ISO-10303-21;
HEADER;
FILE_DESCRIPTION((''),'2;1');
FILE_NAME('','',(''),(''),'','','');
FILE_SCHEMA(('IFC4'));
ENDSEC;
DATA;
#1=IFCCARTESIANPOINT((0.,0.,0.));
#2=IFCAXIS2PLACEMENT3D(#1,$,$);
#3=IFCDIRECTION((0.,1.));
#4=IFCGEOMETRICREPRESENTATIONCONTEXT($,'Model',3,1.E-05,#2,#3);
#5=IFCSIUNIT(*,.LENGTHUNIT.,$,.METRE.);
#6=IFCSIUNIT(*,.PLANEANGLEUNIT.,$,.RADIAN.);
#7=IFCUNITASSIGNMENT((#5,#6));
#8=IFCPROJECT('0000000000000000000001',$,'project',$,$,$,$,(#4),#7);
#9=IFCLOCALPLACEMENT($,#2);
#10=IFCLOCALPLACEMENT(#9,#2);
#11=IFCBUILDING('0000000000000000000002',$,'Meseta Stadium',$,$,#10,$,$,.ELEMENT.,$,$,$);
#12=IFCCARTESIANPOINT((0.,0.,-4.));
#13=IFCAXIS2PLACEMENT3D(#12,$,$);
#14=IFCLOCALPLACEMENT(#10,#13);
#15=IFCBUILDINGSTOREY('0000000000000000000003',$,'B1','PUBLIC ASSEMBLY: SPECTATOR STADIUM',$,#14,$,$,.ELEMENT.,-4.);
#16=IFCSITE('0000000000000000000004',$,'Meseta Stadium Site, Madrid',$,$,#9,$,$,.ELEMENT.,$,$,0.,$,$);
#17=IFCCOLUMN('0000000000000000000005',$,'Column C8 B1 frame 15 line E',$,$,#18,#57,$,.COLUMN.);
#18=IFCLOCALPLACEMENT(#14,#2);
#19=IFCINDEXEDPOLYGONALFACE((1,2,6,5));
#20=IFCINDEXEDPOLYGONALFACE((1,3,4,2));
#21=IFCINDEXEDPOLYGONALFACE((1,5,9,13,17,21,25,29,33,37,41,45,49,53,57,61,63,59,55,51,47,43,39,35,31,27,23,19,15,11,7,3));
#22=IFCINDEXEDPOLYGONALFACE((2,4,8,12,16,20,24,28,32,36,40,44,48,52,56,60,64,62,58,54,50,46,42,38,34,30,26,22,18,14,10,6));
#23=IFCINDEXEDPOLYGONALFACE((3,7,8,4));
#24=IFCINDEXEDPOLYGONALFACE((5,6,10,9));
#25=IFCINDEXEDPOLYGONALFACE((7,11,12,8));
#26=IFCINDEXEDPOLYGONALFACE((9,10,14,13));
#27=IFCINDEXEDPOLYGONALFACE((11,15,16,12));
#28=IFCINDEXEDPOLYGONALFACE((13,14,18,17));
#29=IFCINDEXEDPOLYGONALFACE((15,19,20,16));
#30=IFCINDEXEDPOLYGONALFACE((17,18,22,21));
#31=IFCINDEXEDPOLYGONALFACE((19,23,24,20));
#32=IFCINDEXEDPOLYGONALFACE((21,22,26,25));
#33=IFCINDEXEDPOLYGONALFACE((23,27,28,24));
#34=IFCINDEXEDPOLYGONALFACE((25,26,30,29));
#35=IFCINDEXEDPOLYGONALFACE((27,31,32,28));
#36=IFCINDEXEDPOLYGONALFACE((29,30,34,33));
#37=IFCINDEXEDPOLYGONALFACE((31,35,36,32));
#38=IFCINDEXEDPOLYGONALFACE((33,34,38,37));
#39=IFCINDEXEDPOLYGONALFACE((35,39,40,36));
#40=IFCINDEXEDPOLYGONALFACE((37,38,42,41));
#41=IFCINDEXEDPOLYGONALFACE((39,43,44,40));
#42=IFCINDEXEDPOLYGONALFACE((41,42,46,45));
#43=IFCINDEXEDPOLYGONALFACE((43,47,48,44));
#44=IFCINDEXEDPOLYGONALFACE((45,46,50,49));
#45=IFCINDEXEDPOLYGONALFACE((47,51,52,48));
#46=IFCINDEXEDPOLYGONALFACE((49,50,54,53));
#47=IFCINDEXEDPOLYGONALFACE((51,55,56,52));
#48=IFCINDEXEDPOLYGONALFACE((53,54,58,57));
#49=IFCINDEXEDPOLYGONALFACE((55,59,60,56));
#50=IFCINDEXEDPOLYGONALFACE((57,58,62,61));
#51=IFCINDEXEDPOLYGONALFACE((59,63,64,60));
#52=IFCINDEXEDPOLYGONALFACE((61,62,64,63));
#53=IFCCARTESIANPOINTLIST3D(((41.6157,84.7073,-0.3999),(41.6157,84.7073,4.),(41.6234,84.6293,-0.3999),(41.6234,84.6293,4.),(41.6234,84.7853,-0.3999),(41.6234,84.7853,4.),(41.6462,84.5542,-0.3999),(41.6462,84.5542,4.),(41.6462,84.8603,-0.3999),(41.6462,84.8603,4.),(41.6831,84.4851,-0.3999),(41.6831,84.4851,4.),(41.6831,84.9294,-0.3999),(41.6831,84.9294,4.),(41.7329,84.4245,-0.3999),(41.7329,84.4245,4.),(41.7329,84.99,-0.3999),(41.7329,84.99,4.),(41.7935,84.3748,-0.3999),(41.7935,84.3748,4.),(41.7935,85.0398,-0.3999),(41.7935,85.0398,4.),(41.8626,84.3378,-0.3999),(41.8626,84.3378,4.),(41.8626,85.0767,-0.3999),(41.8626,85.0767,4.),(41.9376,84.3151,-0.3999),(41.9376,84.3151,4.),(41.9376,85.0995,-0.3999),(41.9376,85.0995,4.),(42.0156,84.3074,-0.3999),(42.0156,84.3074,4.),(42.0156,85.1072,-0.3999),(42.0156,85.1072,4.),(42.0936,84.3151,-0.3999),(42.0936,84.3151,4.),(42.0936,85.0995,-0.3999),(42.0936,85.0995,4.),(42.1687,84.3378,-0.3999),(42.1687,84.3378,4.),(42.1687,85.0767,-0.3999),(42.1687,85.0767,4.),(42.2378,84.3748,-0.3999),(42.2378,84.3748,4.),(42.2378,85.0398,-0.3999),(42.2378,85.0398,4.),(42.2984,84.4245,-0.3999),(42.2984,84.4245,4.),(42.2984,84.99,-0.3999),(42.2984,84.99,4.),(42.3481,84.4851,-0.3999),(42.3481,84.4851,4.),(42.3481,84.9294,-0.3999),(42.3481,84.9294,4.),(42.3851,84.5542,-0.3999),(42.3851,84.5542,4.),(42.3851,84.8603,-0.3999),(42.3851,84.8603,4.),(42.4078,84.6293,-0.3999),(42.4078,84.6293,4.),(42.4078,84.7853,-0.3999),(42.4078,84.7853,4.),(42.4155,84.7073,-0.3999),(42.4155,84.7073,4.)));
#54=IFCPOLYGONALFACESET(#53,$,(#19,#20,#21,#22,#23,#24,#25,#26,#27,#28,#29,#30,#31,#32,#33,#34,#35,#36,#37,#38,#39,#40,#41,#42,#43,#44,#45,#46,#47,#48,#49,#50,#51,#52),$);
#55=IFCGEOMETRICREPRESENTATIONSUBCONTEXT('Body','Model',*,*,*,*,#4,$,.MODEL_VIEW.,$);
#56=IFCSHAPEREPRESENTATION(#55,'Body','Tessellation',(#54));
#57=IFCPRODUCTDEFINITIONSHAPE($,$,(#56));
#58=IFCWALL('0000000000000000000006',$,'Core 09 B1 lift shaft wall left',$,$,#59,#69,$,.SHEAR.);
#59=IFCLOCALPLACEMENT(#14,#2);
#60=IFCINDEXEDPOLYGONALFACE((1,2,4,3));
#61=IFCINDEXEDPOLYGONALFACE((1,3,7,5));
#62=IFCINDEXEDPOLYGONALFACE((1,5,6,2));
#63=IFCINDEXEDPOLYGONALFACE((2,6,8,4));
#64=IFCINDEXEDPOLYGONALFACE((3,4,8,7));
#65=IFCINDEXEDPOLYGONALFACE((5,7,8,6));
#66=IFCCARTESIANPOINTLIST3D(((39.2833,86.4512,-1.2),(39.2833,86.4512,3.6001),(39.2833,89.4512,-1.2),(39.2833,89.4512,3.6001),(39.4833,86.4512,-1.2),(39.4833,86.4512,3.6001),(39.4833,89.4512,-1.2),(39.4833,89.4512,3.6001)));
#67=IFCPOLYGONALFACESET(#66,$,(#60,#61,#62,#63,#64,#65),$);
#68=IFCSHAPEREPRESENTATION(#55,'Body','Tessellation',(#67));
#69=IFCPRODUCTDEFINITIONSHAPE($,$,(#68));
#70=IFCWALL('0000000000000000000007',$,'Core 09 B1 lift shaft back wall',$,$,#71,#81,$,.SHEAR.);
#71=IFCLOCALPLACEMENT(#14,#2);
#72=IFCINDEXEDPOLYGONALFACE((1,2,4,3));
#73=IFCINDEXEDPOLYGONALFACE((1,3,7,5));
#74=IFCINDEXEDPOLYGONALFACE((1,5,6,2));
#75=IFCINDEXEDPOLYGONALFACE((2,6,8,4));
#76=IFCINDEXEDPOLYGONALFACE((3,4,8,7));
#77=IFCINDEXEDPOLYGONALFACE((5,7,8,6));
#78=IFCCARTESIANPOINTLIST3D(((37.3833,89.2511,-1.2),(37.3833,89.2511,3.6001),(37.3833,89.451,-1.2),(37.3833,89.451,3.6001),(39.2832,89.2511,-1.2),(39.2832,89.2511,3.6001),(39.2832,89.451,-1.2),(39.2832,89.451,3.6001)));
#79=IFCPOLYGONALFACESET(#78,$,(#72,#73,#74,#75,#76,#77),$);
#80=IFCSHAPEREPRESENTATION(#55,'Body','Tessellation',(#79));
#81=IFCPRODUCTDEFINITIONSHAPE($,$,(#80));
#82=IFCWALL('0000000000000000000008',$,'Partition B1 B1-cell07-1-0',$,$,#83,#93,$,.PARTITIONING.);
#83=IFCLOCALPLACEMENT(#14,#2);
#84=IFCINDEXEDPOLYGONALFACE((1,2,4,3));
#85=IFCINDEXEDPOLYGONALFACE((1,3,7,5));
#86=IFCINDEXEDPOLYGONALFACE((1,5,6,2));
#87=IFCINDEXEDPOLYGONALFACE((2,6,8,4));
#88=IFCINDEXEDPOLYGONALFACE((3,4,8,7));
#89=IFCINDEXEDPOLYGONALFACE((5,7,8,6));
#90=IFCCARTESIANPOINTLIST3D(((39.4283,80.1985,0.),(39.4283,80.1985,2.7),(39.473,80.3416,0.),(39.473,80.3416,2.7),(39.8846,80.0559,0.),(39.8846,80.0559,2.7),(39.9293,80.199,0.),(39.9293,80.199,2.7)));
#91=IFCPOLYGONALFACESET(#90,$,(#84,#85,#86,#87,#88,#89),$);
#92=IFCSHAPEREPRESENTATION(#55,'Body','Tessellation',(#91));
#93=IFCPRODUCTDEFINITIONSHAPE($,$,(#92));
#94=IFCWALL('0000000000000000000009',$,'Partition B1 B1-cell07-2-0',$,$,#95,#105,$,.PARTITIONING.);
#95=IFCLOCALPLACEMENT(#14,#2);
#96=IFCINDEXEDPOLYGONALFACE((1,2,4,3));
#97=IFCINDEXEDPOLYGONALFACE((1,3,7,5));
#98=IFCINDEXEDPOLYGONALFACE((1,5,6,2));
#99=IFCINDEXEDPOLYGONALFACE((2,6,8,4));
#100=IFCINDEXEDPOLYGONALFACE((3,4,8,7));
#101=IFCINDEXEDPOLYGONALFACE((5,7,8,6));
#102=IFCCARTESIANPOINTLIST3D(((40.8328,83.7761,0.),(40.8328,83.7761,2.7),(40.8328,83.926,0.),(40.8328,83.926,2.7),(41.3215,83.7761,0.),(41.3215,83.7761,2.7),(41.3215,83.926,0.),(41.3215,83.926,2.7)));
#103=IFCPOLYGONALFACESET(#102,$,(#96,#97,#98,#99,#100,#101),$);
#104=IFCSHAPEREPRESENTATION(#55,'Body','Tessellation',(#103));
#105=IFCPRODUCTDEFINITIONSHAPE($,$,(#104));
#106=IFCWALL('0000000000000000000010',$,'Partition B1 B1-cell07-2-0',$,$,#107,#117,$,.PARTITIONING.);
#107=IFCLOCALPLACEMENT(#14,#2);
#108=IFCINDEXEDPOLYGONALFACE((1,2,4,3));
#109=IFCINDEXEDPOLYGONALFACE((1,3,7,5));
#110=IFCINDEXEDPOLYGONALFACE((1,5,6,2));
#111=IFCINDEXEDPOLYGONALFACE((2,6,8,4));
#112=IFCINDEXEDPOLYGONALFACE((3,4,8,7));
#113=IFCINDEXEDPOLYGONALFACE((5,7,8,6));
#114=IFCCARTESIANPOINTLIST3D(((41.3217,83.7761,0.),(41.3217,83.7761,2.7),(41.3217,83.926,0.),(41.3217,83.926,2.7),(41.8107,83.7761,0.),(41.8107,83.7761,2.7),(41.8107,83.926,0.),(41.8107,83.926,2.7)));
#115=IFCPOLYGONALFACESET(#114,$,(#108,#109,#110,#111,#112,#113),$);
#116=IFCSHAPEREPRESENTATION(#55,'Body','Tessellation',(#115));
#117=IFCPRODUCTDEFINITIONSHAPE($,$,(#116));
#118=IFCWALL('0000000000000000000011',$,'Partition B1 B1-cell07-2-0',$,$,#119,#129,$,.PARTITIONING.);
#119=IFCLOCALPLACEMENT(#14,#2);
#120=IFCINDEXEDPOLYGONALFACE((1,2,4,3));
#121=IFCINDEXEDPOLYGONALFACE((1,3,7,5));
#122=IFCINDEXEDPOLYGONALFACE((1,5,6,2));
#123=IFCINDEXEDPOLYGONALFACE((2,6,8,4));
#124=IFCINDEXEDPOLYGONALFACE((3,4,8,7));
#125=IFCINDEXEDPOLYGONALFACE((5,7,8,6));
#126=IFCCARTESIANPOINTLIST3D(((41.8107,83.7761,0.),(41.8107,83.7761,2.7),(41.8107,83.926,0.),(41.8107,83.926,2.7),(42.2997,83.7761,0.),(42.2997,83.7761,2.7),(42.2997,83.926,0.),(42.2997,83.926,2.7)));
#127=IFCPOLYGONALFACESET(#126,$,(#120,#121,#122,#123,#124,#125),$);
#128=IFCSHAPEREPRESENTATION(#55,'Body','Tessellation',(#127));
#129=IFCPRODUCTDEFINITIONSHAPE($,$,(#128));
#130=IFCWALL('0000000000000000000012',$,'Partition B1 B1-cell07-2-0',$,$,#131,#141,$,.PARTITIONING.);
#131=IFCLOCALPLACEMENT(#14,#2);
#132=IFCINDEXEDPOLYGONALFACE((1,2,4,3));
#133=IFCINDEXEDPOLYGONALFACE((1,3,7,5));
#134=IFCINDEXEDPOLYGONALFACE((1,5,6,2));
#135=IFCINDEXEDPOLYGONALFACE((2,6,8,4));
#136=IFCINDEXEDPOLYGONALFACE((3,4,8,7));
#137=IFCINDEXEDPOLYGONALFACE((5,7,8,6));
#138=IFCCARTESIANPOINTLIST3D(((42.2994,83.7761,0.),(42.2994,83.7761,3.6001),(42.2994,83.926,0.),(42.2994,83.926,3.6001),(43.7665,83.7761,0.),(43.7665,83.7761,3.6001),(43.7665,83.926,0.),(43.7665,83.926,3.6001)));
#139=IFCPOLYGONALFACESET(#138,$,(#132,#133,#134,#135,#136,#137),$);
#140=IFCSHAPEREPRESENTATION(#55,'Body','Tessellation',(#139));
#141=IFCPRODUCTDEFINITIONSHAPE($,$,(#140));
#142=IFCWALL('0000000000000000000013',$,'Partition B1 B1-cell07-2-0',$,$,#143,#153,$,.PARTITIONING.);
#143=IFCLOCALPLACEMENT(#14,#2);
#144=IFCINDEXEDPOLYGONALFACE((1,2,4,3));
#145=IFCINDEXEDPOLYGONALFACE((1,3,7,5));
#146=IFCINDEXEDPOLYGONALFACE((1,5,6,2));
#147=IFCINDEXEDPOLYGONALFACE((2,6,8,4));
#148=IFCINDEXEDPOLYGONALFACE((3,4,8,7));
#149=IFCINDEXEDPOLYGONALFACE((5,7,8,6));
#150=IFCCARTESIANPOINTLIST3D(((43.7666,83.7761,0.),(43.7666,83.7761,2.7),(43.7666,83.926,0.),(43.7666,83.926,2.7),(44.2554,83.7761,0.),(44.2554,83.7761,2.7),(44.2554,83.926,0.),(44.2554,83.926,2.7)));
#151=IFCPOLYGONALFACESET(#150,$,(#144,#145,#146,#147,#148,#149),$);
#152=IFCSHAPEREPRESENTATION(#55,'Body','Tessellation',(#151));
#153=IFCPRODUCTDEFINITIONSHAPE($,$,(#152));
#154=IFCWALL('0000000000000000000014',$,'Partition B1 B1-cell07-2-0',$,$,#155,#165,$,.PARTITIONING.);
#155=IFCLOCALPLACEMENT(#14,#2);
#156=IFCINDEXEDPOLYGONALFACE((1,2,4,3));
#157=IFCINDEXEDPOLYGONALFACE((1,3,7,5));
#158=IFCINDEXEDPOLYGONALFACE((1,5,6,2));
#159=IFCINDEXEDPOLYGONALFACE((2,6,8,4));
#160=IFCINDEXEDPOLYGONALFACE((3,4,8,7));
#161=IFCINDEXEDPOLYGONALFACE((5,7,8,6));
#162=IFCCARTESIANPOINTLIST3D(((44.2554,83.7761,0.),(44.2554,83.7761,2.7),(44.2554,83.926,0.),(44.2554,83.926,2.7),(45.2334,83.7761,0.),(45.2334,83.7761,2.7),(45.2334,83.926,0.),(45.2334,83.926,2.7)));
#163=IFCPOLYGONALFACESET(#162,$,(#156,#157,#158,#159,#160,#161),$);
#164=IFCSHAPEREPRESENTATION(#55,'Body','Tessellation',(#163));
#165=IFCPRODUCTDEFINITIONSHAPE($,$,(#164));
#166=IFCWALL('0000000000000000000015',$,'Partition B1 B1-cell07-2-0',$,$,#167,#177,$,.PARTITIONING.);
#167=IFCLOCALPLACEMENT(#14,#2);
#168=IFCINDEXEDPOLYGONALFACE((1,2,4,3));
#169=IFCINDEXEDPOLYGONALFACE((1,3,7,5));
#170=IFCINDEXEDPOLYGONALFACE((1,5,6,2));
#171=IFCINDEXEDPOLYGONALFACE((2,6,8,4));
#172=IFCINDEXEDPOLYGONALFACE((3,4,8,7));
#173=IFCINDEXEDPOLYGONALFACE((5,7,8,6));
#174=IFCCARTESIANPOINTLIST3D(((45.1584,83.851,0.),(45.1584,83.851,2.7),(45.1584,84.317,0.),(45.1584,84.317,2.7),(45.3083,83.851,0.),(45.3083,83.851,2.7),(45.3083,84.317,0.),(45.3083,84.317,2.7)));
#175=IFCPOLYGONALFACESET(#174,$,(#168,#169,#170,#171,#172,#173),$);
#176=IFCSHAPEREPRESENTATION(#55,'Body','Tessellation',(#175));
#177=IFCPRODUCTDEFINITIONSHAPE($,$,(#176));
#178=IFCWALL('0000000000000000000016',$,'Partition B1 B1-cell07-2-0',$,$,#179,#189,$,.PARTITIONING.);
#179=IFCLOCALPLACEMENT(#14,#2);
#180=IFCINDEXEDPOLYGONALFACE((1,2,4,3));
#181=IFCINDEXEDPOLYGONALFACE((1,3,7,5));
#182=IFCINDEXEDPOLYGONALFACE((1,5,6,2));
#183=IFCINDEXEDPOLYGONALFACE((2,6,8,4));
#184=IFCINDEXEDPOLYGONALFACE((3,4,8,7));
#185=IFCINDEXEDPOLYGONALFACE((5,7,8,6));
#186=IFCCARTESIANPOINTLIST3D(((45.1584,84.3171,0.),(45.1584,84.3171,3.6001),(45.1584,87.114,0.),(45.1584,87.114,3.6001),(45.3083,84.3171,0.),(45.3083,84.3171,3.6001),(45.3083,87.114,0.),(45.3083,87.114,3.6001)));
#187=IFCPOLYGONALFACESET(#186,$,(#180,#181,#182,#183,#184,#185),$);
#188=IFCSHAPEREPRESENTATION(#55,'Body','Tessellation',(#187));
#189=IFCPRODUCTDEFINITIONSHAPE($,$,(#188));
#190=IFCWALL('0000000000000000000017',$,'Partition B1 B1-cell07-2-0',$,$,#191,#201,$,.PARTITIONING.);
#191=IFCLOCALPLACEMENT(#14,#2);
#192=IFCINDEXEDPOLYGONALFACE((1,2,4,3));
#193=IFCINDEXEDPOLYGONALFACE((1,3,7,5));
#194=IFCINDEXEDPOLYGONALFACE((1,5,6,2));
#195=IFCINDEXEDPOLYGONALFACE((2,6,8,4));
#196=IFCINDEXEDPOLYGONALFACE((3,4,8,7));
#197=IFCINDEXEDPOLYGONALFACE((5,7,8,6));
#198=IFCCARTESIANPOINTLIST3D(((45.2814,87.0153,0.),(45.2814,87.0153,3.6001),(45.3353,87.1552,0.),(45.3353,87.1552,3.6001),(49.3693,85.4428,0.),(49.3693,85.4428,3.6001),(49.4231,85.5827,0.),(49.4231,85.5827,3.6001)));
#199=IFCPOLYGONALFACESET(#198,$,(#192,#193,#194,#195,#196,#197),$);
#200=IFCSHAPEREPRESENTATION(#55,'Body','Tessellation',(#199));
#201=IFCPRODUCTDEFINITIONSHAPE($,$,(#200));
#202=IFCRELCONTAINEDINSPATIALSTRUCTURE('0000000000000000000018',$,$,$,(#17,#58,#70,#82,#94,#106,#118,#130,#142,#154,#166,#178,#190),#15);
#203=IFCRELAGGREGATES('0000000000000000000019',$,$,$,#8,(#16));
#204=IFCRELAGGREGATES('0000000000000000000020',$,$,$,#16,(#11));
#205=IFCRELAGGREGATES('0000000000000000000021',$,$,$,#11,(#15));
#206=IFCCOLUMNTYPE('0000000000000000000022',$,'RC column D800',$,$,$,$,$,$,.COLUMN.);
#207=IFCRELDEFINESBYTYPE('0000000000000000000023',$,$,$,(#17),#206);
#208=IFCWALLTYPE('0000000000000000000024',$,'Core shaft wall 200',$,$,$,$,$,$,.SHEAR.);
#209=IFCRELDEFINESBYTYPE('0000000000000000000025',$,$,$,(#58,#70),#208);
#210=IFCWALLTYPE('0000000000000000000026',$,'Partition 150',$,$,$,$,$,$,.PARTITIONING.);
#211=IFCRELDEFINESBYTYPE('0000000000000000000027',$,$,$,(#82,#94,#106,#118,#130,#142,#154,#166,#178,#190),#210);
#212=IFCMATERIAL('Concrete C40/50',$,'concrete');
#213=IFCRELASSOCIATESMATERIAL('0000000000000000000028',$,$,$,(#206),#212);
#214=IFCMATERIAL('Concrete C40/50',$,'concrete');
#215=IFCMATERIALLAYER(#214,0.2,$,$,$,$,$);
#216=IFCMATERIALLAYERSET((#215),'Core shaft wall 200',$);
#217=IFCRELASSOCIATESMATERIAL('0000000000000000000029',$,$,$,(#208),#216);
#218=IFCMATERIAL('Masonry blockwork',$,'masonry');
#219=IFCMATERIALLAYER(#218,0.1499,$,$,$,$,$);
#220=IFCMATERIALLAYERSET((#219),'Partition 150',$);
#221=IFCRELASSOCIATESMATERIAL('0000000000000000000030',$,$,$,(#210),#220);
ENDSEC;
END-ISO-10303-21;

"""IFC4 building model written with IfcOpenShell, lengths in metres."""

from ifc_helpers import new_model, si_unit, direction, frame, frame_2d, origin, origin_2d, place, context, subcontext, project, spatial, rectangle, circle, extrude, material, layer, layer_set, material_profile, profile_set, type_object, element, save


model = new_model("IFC4")

# Units and contexts
model_context = context("Model", 3, precision=1e-05, world=origin(), true_north=direction((0.0, 1.0)))
body_context = subcontext(model_context, "Body", "Model", "MODEL_VIEW")
ifc_project = project(units=[si_unit("LENGTHUNIT", "METRE"), si_unit("PLANEANGLEUNIT", "RADIAN")], contexts=[model_context])

# Site, building, storey
site_placement = place(None, origin())
site = spatial("IfcSite", under=ifc_project, at=site_placement, Name="Meseta Stadium Site, Madrid", CompositionType="ELEMENT", RefElevation=0.0)
building_placement = place(site_placement, origin())
building = spatial("IfcBuilding", under=site, at=building_placement, Name="Meseta Stadium", CompositionType="ELEMENT")
storey_placement = place(building_placement, frame((0.0, 0.0, -4.0)))
storey = spatial("IfcBuildingStorey", under=building, at=storey_placement, Name="B1", Description="PUBLIC ASSEMBLY: SPECTATOR STADIUM", CompositionType="ELEMENT", Elevation=-4.0)

# Column
ifc_material_1 = material(Name="Concrete C40/50", Category="concrete")
ifc_material_profile = material_profile(ifc_material_1, circle(Radius=0.3999, at=origin_2d()), Name="RC D800")
ifc_profile_set = profile_set([ifc_material_profile], Name="Concrete C40/50")
column_type = type_object("IfcColumnType", Name="RC column D800", PredefinedType="COLUMN", material=ifc_profile_set)
column_placement = place(storey_placement, frame((42.0156, 84.7073, -0.3999), z_axis=(0.0, 0.0, 1.0), x_axis=(1.0, 0.0, 0.0)))
element("IfcColumn", 1, at=column_placement, inside=storey, type_object=column_type, Name="Column C8 B1 frame 15 line E", PredefinedType="COLUMN", context=body_context, shape_type="SweptSolid", body=[
    extrude(circle(Radius=0.3999, at=origin_2d()), origin(), (0.0, 0.0, 1.0), 4.3999),
])

# Walls
ifc_material_2 = material(Name="Concrete C40/50", Category="concrete")
ifc_layer_1 = layer(ifc_material_2, 0.2)
ifc_layer_set_1 = layer_set([ifc_layer_1], Name="Core shaft wall 200")
wall_type_1 = type_object("IfcWallType", Name="Core shaft wall 200", PredefinedType="SHEAR", material=ifc_layer_set_1)
wall_1_placement = place(storey_placement, frame((39.3833, 89.4512, -1.2), z_axis=(0.0, 0.0, 1.0), x_axis=(0.0, -1.0, 0.0)))
element("IfcWall", 2, at=wall_1_placement, inside=storey, type_object=wall_type_1, Name="Core 09 B1 lift shaft wall left", PredefinedType="SHEAR", context=body_context, shape_type="SweptSolid", body=[
    extrude(rectangle(XDim=3.0, YDim=0.2, at=frame_2d((1.5, 0.0))), origin(), (0.0, 0.0, 1.0), 4.8),
])
wall_2_placement = place(storey_placement, frame((39.2832, 89.3511, -1.2), z_axis=(0.0, 0.0, 1.0), x_axis=(-1.0, 0.0, 0.0)))
element("IfcWall", 3, at=wall_2_placement, inside=storey, type_object=wall_type_1, Name="Core 09 B1 lift shaft back wall", PredefinedType="SHEAR", context=body_context, shape_type="SweptSolid", body=[
    extrude(rectangle(XDim=1.8999, YDim=0.2, at=frame_2d((0.95, 0.0))), origin(), (0.0, 0.0, 1.0), 4.8),
])
ifc_material_3 = material(Name="Masonry blockwork", Category="masonry")
ifc_layer_2 = layer(ifc_material_3, 0.1499)
ifc_layer_set_2 = layer_set([ifc_layer_2], Name="Partition 150")
wall_type_2 = type_object("IfcWallType", Name="Partition 150", PredefinedType="PARTITIONING", material=ifc_layer_set_2)
wall_3_placement = place(storey_placement, frame((39.4507, 80.27, 0.0), z_axis=(0.0, 0.0, 1.0), x_axis=(0.954489, -0.298246, 0.0)))
element("IfcWall", 4, at=wall_3_placement, inside=storey, type_object=wall_type_2, Name="Partition B1 B1-cell07-1-0", PredefinedType="PARTITIONING", context=body_context, shape_type="SweptSolid", body=[
    extrude(rectangle(XDim=0.478, YDim=0.1499, at=frame_2d((0.239, 0.0))), origin(), (0.0, 0.0, 1.0), 2.7),
])
wall_4_placement = place(storey_placement, frame((40.8328, 83.8511, 0.0), z_axis=(0.0, 0.0, 1.0), x_axis=(1.0, 0.0, 0.0)))
element("IfcWall", 5, at=wall_4_placement, inside=storey, type_object=wall_type_2, Name="Partition B1 B1-cell07-2-0", PredefinedType="PARTITIONING", context=body_context, shape_type="SweptSolid", body=[
    extrude(rectangle(XDim=0.4888, YDim=0.1499, at=frame_2d((0.2444, 0.0))), origin(), (0.0, 0.0, 1.0), 2.7),
])
for number, where, z_axis, x_axis, name in (
    (6, (41.3215, 83.8511, 0.0), (0.0, 0.0, 1.0), (1.0, 0.0, 0.0), "Partition B1 B1-cell07-2-0"),
    (7, (41.8105, 83.8511, 0.0), (0.0, 0.0, 1.0), (1.0, 0.0, 0.0), "Partition B1 B1-cell07-2-0"),
):
    element("IfcWall", number, at=place(storey_placement, frame(where, z_axis=z_axis, x_axis=x_axis)), inside=storey, type_object=wall_type_2, Name=name, PredefinedType="PARTITIONING", context=body_context, shape_type="SweptSolid", body=[
        extrude(rectangle(XDim=0.489, YDim=0.1499, at=frame_2d((0.2446, 0.0))), origin(), (0.0, 0.0, 1.0), 2.7),
    ])
wall_5_placement = place(storey_placement, frame((42.2996, 83.8511, 0.0), z_axis=(0.0, 0.0, 1.0), x_axis=(1.0, 0.0, 0.0)))
element("IfcWall", 8, at=wall_5_placement, inside=storey, type_object=wall_type_2, Name="Partition B1 B1-cell07-2-0", PredefinedType="PARTITIONING", context=body_context, shape_type="SweptSolid", body=[
    extrude(rectangle(XDim=1.467, YDim=0.1499, at=frame_2d((0.7334, 0.0))), origin(), (0.0, 0.0, 1.0), 3.6001),
])
wall_6_placement = place(storey_placement, frame((43.7666, 83.8511, 0.0), z_axis=(0.0, 0.0, 1.0), x_axis=(1.0, 0.0, 0.0)))
element("IfcWall", 9, at=wall_6_placement, inside=storey, type_object=wall_type_2, Name="Partition B1 B1-cell07-2-0", PredefinedType="PARTITIONING", context=body_context, shape_type="SweptSolid", body=[
    extrude(rectangle(XDim=0.4888, YDim=0.1499, at=frame_2d((0.2444, 0.0))), origin(), (0.0, 0.0, 1.0), 2.7),
])
wall_7_placement = place(storey_placement, frame((44.2554, 83.8511, 0.0), z_axis=(0.0, 0.0, 1.0), x_axis=(1.0, 0.0, 0.0)))
element("IfcWall", 10, at=wall_7_placement, inside=storey, type_object=wall_type_2, Name="Partition B1 B1-cell07-2-0", PredefinedType="PARTITIONING", context=body_context, shape_type="SweptSolid", body=[
    extrude(rectangle(XDim=0.978, YDim=0.1499, at=frame_2d((0.489, 0.0))), origin(), (0.0, 0.0, 1.0), 2.7),
])
wall_8_placement = place(storey_placement, frame((45.2334, 83.8511, 0.0), z_axis=(0.0, 0.0, 1.0), x_axis=(0.0, 1.0, 0.0)))
element("IfcWall", 11, at=wall_8_placement, inside=storey, type_object=wall_type_2, Name="Partition B1 B1-cell07-2-0", PredefinedType="PARTITIONING", context=body_context, shape_type="SweptSolid", body=[
    extrude(rectangle(XDim=0.4661, YDim=0.1499, at=frame_2d((0.2329, 0.0))), origin(), (0.0, 0.0, 1.0), 2.7),
])
wall_9_placement = place(storey_placement, frame((45.2334, 84.3171, 0.0), z_axis=(0.0, 0.0, 1.0), x_axis=(0.0, 1.0, 0.0)))
element("IfcWall", 12, at=wall_9_placement, inside=storey, type_object=wall_type_2, Name="Partition B1 B1-cell07-2-0", PredefinedType="PARTITIONING", context=body_context, shape_type="SweptSolid", body=[
    extrude(rectangle(XDim=2.7969, YDim=0.1499, at=frame_2d((1.3984, 0.0))), origin(), (0.0, 0.0, 1.0), 3.6001),
])
wall_10_placement = place(storey_placement, frame((45.3083, 87.0852, 0.0), z_axis=(0.0, 0.0, 1.0), x_axis=(0.933327, -0.359028, 0.0)))
element("IfcWall", 13, at=wall_10_placement, inside=storey, type_object=wall_type_2, Name="Partition B1 B1-cell07-2-0", PredefinedType="PARTITIONING", context=body_context, shape_type="SweptSolid", body=[
    extrude(rectangle(XDim=4.3799, YDim=0.1499, at=frame_2d((2.1899, 0.0))), origin(), (0.0, 0.0, 1.0), 3.6001),
])

save(model, "model.ifc")
